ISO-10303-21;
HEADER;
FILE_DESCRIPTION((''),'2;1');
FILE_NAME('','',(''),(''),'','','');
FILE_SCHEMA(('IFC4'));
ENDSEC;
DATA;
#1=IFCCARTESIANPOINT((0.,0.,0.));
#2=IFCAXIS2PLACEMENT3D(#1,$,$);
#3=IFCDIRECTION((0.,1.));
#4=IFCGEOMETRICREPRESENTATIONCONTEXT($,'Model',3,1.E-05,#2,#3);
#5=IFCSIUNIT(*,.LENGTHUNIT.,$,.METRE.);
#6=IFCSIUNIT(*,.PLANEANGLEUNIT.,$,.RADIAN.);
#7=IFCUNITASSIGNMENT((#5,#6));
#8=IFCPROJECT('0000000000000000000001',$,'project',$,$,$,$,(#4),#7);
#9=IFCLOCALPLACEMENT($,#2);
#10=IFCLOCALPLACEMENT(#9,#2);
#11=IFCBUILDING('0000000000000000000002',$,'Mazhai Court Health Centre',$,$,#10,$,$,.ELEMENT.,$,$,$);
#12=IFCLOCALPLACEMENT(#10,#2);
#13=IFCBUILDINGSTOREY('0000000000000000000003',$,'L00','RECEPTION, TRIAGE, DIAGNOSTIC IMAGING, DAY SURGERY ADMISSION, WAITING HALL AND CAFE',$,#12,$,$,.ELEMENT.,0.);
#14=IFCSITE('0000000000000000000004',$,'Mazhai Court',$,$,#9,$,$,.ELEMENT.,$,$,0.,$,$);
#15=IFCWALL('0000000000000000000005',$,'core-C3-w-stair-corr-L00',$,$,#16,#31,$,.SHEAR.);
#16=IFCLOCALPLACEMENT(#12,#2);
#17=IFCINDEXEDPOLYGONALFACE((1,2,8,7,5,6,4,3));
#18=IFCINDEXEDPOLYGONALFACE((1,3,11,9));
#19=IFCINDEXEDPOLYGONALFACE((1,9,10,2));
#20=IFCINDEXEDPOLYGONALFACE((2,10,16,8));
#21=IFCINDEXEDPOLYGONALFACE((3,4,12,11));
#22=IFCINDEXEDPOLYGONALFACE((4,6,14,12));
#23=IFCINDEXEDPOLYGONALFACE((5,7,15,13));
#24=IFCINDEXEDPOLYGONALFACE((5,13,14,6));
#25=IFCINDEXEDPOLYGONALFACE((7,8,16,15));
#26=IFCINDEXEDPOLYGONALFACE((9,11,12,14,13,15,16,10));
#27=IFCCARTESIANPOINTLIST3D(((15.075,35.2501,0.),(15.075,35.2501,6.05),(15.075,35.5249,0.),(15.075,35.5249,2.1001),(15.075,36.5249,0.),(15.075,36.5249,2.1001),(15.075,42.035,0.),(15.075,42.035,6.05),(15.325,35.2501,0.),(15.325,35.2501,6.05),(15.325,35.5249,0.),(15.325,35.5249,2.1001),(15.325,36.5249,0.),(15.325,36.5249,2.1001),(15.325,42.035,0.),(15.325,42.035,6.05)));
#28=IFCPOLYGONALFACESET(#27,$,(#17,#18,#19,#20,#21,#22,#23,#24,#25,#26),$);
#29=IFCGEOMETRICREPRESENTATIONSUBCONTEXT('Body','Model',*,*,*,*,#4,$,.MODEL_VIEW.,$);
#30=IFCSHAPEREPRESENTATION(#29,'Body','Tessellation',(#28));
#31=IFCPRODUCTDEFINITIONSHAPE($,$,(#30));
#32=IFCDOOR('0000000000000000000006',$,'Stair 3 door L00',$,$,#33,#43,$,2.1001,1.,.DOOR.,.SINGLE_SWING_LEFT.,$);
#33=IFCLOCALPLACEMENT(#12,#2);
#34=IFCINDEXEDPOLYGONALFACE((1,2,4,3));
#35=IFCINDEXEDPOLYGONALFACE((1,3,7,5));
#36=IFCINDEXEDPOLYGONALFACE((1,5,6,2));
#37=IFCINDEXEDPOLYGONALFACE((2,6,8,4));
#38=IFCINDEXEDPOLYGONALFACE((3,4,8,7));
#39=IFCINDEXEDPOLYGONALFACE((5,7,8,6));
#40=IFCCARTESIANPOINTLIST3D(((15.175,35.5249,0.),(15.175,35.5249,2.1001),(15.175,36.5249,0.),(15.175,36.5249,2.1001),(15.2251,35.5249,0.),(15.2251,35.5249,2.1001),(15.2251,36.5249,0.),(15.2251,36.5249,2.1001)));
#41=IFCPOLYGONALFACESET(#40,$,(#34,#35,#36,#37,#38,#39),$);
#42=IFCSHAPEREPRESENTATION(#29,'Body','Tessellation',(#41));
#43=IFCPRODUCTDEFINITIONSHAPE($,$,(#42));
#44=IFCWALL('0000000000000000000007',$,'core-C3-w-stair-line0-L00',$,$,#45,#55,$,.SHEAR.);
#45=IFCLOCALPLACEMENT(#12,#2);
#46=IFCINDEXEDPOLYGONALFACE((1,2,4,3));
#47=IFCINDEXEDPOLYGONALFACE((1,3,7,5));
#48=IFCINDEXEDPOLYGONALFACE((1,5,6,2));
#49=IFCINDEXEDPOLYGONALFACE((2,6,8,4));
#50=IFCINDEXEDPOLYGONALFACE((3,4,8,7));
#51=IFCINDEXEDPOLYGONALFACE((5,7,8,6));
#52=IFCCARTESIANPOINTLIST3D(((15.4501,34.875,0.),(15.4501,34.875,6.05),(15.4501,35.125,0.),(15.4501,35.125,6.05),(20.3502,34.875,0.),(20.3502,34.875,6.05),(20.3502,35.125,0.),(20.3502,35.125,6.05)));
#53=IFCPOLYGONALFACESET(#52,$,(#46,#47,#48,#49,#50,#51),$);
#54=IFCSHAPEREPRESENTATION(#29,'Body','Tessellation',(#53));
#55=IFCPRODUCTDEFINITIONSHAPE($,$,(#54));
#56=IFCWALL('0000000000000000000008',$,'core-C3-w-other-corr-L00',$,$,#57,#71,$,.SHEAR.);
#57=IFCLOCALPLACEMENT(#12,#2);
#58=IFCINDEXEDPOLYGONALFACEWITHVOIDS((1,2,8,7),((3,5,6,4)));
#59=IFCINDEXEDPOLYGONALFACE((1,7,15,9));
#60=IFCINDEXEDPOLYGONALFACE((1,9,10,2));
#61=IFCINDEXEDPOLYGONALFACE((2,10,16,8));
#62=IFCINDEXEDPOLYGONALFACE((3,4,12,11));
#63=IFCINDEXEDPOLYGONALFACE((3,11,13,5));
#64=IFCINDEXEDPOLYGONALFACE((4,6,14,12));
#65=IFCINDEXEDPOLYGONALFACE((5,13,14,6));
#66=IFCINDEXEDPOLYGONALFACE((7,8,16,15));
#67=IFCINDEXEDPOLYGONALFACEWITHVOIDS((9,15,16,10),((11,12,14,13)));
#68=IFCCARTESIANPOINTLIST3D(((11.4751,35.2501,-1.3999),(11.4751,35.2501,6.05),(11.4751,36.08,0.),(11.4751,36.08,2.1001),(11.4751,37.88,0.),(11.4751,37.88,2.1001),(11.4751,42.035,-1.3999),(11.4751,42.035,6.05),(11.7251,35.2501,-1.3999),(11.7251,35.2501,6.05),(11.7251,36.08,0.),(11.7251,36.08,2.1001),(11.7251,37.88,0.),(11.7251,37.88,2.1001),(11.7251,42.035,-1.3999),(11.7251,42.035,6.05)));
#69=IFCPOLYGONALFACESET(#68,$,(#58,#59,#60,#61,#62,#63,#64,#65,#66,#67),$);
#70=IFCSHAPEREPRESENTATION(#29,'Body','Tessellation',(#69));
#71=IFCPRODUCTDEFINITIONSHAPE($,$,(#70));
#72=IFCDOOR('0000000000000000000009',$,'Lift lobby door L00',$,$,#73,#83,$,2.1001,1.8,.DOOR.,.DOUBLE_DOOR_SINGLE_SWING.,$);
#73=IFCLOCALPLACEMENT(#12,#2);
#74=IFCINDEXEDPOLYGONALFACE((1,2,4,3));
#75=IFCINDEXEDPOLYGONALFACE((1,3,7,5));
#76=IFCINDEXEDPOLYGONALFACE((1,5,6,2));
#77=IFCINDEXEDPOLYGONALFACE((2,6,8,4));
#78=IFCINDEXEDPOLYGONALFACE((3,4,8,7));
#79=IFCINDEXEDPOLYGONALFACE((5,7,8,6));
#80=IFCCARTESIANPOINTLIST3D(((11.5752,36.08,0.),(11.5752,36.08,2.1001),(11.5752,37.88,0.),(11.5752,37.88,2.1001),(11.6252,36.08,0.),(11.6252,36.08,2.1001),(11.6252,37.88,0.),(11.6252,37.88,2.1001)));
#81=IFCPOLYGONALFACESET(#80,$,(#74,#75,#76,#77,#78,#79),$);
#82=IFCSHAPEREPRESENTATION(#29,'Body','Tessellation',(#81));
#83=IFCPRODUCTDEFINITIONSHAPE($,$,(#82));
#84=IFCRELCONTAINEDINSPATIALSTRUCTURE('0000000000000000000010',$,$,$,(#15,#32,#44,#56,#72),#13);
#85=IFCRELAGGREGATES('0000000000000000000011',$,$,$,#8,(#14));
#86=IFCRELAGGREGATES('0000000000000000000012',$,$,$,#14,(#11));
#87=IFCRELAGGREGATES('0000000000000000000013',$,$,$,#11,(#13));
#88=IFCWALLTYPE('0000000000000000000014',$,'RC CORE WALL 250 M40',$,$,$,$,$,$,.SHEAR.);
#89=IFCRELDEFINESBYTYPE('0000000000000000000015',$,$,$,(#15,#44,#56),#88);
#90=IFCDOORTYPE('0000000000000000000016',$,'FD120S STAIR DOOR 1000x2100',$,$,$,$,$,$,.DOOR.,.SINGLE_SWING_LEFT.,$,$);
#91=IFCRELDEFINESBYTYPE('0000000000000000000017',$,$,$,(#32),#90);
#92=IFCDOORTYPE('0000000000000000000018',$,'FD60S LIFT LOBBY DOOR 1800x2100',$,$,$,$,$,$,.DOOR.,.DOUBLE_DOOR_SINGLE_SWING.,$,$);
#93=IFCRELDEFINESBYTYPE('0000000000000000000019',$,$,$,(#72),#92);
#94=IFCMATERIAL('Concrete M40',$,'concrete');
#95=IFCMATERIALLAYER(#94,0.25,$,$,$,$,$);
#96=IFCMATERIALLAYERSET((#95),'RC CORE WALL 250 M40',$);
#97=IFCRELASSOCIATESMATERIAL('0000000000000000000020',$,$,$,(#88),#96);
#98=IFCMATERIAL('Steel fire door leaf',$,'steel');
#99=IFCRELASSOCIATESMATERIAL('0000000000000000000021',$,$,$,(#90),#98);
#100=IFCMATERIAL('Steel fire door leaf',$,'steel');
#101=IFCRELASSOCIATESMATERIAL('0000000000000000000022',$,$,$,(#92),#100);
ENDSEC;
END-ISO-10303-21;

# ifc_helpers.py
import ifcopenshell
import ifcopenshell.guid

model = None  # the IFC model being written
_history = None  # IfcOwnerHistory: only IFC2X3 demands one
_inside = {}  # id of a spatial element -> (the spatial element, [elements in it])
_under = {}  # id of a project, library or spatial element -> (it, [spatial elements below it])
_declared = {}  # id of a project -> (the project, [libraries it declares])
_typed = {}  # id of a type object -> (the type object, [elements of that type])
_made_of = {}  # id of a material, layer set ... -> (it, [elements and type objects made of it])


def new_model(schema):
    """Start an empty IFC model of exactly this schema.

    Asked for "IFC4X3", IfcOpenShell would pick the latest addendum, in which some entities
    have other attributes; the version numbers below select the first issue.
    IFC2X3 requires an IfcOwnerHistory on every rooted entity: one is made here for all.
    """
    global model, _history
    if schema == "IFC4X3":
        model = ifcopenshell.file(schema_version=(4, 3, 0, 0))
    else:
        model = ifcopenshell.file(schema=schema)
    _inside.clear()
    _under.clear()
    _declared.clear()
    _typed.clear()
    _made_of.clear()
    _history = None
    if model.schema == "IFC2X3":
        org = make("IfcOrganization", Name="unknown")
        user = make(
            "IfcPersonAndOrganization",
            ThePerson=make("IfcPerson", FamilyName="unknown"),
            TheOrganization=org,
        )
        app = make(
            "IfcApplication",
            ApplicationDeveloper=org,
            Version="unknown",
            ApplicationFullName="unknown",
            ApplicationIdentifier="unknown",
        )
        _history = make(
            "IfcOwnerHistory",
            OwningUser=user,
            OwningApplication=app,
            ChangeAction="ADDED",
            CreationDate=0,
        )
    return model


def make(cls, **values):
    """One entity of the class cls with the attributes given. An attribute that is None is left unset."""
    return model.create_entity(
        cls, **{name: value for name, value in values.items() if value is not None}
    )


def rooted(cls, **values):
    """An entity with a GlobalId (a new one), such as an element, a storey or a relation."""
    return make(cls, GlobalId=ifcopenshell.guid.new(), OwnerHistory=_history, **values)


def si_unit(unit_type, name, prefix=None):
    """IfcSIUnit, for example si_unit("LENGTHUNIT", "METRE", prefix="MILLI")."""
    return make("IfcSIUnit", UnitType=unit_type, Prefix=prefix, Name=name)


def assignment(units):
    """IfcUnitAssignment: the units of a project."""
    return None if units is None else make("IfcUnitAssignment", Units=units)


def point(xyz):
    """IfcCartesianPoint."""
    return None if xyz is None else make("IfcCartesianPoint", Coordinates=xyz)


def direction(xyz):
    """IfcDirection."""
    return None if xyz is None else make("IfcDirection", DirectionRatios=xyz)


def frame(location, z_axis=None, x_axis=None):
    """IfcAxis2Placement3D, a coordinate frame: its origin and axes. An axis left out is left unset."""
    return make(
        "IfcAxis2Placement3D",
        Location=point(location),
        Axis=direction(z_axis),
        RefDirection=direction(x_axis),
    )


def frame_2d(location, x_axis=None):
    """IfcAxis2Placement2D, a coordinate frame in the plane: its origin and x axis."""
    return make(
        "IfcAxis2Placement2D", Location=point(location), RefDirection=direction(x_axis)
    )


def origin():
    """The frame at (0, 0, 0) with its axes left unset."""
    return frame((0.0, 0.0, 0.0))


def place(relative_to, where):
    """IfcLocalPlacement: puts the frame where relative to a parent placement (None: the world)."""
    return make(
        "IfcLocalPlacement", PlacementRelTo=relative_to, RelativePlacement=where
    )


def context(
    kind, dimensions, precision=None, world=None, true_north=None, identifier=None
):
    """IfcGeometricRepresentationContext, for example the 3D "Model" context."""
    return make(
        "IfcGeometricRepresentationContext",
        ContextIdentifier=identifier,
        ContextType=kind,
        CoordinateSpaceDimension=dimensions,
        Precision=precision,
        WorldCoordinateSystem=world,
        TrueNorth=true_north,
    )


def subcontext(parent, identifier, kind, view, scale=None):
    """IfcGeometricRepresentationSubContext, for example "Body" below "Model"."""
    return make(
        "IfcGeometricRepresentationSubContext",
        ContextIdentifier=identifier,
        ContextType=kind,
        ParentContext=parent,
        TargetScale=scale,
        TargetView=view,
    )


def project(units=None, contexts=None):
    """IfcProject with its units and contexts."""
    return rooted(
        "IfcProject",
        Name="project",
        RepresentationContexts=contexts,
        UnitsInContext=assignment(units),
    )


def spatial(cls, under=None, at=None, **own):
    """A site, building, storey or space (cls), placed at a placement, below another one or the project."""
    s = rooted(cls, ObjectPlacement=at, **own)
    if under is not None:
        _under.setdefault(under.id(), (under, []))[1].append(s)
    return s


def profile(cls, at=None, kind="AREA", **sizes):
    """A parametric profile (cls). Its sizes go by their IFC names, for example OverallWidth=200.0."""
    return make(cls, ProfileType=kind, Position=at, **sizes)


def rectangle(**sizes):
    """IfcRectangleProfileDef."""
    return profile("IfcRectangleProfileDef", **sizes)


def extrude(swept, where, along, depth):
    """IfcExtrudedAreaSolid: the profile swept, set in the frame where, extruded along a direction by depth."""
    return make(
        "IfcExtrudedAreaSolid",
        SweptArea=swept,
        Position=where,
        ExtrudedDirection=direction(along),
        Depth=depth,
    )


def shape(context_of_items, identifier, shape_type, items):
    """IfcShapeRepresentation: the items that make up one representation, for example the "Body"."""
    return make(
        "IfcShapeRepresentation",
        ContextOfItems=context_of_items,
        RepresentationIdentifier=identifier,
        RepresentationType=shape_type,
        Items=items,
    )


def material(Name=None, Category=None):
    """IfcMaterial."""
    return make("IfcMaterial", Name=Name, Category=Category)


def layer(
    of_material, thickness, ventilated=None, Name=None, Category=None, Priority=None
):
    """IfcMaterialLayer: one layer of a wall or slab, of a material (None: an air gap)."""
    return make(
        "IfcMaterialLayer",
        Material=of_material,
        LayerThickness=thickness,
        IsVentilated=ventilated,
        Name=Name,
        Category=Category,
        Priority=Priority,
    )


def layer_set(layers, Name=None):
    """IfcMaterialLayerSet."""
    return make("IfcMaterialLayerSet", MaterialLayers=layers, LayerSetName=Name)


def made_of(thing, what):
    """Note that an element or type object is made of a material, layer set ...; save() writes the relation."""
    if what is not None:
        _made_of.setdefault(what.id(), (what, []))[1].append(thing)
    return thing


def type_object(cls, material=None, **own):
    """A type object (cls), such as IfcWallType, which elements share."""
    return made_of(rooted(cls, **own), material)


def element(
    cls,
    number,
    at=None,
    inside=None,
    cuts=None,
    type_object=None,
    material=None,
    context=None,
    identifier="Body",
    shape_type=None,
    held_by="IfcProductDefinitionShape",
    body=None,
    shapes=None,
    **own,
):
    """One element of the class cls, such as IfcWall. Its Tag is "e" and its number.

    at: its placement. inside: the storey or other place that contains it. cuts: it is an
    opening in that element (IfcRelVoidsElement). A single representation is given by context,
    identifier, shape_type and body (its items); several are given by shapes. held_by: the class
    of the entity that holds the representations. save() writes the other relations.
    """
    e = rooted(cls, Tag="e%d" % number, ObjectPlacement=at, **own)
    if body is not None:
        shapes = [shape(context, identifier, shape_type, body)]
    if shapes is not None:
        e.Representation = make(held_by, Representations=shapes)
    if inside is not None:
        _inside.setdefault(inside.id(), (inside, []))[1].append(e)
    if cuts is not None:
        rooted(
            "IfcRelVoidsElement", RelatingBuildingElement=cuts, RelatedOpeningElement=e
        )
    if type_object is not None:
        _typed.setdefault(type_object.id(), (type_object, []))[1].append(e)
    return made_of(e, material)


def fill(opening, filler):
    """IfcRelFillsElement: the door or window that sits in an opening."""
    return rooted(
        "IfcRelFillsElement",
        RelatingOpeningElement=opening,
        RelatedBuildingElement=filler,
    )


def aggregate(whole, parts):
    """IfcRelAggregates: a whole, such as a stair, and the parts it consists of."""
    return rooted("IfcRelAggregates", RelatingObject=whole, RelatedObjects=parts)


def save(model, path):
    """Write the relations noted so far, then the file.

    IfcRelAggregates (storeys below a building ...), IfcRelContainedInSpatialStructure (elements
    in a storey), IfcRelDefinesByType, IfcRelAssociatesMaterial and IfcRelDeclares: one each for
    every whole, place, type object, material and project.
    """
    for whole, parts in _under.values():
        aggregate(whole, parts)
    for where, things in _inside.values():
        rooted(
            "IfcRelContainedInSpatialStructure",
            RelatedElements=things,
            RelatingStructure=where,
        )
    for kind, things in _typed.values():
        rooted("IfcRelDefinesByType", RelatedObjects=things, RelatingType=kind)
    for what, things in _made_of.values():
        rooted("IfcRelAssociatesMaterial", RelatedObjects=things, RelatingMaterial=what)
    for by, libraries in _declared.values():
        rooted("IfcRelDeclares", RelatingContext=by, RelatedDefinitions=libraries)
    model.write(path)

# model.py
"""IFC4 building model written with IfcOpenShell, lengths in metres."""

from ifc_helpers import new_model, si_unit, direction, frame, frame_2d, origin, place, context, subcontext, project, spatial, rectangle, extrude, material, layer, layer_set, type_object, element, fill, save


model = new_model("IFC4")

# Units and contexts
model_context = context("Model", 3, precision=1e-05, world=origin(), true_north=direction((0.0, 1.0)))
body_context = subcontext(model_context, "Body", "Model", "MODEL_VIEW")
ifc_project = project(units=[si_unit("LENGTHUNIT", "METRE"), si_unit("PLANEANGLEUNIT", "RADIAN")], contexts=[model_context])

# Site, building, storey
site_placement = place(None, origin())
site = spatial("IfcSite", under=ifc_project, at=site_placement, Name="Mazhai Court", CompositionType="ELEMENT", RefElevation=0.0)
building_placement = place(site_placement, origin())
building = spatial("IfcBuilding", under=site, at=building_placement, Name="Mazhai Court Health Centre", CompositionType="ELEMENT")
storey_placement = place(building_placement, origin())
storey = spatial("IfcBuildingStorey", under=building, at=storey_placement, Name="L00", Description="RECEPTION, TRIAGE, DIAGNOSTIC IMAGING, DAY SURGERY ADMISSION, WAITING HALL AND CAFE", CompositionType="ELEMENT", Elevation=0.0)

# Wall, opening, door
ifc_material_1 = material(Name="Concrete M40", Category="concrete")
ifc_layer_1 = layer(ifc_material_1, 0.25)
ifc_layer_set_1 = layer_set([ifc_layer_1], Name="RC CORE WALL 250 M40")
wall_type_1 = type_object("IfcWallType", Name="RC CORE WALL 250 M40", PredefinedType="SHEAR", material=ifc_layer_set_1)
wall_1_placement = place(storey_placement, frame((15.2, 35.25, 0.0), z_axis=(0.0, 0.0, 1.0), x_axis=(0.0, 1.0, 0.0)))
wall_1 = element("IfcWall", 1, at=wall_1_placement, inside=storey, type_object=wall_type_1, Name="core-C3-w-stair-corr-L00", PredefinedType="SHEAR", context=body_context, shape_type="SweptSolid", body=[
    extrude(rectangle(XDim=6.7849, YDim=0.25, at=frame_2d((3.3926, 0.0))), origin(), (0.0, 0.0, 1.0), 6.05),
])
opening_1_placement = place(wall_1_placement, frame((0.2749, 0.0, 0.0)))
opening_1 = element("IfcOpeningElement", 2, at=opening_1_placement, cuts=wall_1, PredefinedType="OPENING", context=body_context, shape_type="SweptSolid", body=[
    extrude(rectangle(XDim=1.0, YDim=2.1001, at=frame_2d((0.5, 1.05))), frame((0.0, 0.135, 0.0), z_axis=(0.0, -1.0, 0.0), x_axis=(1.0, 0.0, 0.0)), (0.0, 0.0, 1.0), 0.27),
])
ifc_material_2 = material(Name="Steel fire door leaf", Category="steel")
door_type_1 = type_object("IfcDoorType", Name="FD120S STAIR DOOR 1000x2100", OperationType="SINGLE_SWING_LEFT", PredefinedType="DOOR", material=ifc_material_2)
door_1_placement = place(opening_1_placement, origin())
door_1 = element("IfcDoor", 3, at=door_1_placement, inside=storey, type_object=door_type_1, Name="Stair 3 door L00", OperationType="SINGLE_SWING_LEFT", OverallHeight=2.1001, OverallWidth=1.0, PredefinedType="DOOR", context=body_context, shape_type="SweptSolid", body=[
    extrude(rectangle(XDim=1.0, YDim=2.1001, at=frame_2d((0.5, 1.05))), frame((0.0, 0.0249, 0.0), z_axis=(0.0, -1.0, 0.0), x_axis=(1.0, 0.0, 0.0)), (0.0, 0.0, 1.0), 0.05),
])
fill(opening_1, door_1)

# Wall
wall_2_placement = place(storey_placement, frame((15.45, 35.0, 0.0), z_axis=(0.0, 0.0, 1.0), x_axis=(1.0, 0.0, 0.0)))
element("IfcWall", 4, at=wall_2_placement, inside=storey, type_object=wall_type_1, Name="core-C3-w-stair-line0-L00", PredefinedType="SHEAR", context=body_context, shape_type="SweptSolid", body=[
    extrude(rectangle(XDim=4.9001, YDim=0.25, at=frame_2d((2.4502, 0.0))), origin(), (0.0, 0.0, 1.0), 6.05),
])

# Wall, opening, door
wall_3_placement = place(storey_placement, frame((11.6001, 35.25, -1.3999), z_axis=(0.0, 0.0, 1.0), x_axis=(0.0, 1.0, 0.0)))
wall_3 = element("IfcWall", 5, at=wall_3_placement, inside=storey, type_object=wall_type_1, Name="core-C3-w-other-corr-L00", PredefinedType="SHEAR", context=body_context, shape_type="SweptSolid", body=[
    extrude(rectangle(XDim=6.7849, YDim=0.25, at=frame_2d((3.3926, 0.0))), origin(), (0.0, 0.0, 1.0), 7.45),
])
opening_2_placement = place(wall_3_placement, frame((0.8301, 0.0, 1.3999)))
opening_2 = element("IfcOpeningElement", 6, at=opening_2_placement, cuts=wall_3, PredefinedType="OPENING", context=body_context, shape_type="SweptSolid", body=[
    extrude(rectangle(XDim=1.8, YDim=2.1001, at=frame_2d((0.8999, 1.05))), frame((0.0, 0.135, 0.0), z_axis=(0.0, -1.0, 0.0), x_axis=(1.0, 0.0, 0.0)), (0.0, 0.0, 1.0), 0.27),
])
ifc_material_3 = material(Name="Steel fire door leaf", Category="steel")
door_type_2 = type_object("IfcDoorType", Name="FD60S LIFT LOBBY DOOR 1800x2100", OperationType="DOUBLE_DOOR_SINGLE_SWING", PredefinedType="DOOR", material=ifc_material_3)
door_2_placement = place(opening_2_placement, origin())
door_2 = element("IfcDoor", 7, at=door_2_placement, inside=storey, type_object=door_type_2, Name="Lift lobby door L00", OperationType="DOUBLE_DOOR_SINGLE_SWING", OverallHeight=2.1001, OverallWidth=1.8, PredefinedType="DOOR", context=body_context, shape_type="SweptSolid", body=[
    extrude(rectangle(XDim=1.8, YDim=2.1001, at=frame_2d((0.8999, 1.05))), frame((0.0, 0.0249, 0.0), z_axis=(0.0, -1.0, 0.0), x_axis=(1.0, 0.0, 0.0)), (0.0, 0.0, 1.0), 0.05),
])
fill(opening_2, door_2)

save(model, "model.ifc")
